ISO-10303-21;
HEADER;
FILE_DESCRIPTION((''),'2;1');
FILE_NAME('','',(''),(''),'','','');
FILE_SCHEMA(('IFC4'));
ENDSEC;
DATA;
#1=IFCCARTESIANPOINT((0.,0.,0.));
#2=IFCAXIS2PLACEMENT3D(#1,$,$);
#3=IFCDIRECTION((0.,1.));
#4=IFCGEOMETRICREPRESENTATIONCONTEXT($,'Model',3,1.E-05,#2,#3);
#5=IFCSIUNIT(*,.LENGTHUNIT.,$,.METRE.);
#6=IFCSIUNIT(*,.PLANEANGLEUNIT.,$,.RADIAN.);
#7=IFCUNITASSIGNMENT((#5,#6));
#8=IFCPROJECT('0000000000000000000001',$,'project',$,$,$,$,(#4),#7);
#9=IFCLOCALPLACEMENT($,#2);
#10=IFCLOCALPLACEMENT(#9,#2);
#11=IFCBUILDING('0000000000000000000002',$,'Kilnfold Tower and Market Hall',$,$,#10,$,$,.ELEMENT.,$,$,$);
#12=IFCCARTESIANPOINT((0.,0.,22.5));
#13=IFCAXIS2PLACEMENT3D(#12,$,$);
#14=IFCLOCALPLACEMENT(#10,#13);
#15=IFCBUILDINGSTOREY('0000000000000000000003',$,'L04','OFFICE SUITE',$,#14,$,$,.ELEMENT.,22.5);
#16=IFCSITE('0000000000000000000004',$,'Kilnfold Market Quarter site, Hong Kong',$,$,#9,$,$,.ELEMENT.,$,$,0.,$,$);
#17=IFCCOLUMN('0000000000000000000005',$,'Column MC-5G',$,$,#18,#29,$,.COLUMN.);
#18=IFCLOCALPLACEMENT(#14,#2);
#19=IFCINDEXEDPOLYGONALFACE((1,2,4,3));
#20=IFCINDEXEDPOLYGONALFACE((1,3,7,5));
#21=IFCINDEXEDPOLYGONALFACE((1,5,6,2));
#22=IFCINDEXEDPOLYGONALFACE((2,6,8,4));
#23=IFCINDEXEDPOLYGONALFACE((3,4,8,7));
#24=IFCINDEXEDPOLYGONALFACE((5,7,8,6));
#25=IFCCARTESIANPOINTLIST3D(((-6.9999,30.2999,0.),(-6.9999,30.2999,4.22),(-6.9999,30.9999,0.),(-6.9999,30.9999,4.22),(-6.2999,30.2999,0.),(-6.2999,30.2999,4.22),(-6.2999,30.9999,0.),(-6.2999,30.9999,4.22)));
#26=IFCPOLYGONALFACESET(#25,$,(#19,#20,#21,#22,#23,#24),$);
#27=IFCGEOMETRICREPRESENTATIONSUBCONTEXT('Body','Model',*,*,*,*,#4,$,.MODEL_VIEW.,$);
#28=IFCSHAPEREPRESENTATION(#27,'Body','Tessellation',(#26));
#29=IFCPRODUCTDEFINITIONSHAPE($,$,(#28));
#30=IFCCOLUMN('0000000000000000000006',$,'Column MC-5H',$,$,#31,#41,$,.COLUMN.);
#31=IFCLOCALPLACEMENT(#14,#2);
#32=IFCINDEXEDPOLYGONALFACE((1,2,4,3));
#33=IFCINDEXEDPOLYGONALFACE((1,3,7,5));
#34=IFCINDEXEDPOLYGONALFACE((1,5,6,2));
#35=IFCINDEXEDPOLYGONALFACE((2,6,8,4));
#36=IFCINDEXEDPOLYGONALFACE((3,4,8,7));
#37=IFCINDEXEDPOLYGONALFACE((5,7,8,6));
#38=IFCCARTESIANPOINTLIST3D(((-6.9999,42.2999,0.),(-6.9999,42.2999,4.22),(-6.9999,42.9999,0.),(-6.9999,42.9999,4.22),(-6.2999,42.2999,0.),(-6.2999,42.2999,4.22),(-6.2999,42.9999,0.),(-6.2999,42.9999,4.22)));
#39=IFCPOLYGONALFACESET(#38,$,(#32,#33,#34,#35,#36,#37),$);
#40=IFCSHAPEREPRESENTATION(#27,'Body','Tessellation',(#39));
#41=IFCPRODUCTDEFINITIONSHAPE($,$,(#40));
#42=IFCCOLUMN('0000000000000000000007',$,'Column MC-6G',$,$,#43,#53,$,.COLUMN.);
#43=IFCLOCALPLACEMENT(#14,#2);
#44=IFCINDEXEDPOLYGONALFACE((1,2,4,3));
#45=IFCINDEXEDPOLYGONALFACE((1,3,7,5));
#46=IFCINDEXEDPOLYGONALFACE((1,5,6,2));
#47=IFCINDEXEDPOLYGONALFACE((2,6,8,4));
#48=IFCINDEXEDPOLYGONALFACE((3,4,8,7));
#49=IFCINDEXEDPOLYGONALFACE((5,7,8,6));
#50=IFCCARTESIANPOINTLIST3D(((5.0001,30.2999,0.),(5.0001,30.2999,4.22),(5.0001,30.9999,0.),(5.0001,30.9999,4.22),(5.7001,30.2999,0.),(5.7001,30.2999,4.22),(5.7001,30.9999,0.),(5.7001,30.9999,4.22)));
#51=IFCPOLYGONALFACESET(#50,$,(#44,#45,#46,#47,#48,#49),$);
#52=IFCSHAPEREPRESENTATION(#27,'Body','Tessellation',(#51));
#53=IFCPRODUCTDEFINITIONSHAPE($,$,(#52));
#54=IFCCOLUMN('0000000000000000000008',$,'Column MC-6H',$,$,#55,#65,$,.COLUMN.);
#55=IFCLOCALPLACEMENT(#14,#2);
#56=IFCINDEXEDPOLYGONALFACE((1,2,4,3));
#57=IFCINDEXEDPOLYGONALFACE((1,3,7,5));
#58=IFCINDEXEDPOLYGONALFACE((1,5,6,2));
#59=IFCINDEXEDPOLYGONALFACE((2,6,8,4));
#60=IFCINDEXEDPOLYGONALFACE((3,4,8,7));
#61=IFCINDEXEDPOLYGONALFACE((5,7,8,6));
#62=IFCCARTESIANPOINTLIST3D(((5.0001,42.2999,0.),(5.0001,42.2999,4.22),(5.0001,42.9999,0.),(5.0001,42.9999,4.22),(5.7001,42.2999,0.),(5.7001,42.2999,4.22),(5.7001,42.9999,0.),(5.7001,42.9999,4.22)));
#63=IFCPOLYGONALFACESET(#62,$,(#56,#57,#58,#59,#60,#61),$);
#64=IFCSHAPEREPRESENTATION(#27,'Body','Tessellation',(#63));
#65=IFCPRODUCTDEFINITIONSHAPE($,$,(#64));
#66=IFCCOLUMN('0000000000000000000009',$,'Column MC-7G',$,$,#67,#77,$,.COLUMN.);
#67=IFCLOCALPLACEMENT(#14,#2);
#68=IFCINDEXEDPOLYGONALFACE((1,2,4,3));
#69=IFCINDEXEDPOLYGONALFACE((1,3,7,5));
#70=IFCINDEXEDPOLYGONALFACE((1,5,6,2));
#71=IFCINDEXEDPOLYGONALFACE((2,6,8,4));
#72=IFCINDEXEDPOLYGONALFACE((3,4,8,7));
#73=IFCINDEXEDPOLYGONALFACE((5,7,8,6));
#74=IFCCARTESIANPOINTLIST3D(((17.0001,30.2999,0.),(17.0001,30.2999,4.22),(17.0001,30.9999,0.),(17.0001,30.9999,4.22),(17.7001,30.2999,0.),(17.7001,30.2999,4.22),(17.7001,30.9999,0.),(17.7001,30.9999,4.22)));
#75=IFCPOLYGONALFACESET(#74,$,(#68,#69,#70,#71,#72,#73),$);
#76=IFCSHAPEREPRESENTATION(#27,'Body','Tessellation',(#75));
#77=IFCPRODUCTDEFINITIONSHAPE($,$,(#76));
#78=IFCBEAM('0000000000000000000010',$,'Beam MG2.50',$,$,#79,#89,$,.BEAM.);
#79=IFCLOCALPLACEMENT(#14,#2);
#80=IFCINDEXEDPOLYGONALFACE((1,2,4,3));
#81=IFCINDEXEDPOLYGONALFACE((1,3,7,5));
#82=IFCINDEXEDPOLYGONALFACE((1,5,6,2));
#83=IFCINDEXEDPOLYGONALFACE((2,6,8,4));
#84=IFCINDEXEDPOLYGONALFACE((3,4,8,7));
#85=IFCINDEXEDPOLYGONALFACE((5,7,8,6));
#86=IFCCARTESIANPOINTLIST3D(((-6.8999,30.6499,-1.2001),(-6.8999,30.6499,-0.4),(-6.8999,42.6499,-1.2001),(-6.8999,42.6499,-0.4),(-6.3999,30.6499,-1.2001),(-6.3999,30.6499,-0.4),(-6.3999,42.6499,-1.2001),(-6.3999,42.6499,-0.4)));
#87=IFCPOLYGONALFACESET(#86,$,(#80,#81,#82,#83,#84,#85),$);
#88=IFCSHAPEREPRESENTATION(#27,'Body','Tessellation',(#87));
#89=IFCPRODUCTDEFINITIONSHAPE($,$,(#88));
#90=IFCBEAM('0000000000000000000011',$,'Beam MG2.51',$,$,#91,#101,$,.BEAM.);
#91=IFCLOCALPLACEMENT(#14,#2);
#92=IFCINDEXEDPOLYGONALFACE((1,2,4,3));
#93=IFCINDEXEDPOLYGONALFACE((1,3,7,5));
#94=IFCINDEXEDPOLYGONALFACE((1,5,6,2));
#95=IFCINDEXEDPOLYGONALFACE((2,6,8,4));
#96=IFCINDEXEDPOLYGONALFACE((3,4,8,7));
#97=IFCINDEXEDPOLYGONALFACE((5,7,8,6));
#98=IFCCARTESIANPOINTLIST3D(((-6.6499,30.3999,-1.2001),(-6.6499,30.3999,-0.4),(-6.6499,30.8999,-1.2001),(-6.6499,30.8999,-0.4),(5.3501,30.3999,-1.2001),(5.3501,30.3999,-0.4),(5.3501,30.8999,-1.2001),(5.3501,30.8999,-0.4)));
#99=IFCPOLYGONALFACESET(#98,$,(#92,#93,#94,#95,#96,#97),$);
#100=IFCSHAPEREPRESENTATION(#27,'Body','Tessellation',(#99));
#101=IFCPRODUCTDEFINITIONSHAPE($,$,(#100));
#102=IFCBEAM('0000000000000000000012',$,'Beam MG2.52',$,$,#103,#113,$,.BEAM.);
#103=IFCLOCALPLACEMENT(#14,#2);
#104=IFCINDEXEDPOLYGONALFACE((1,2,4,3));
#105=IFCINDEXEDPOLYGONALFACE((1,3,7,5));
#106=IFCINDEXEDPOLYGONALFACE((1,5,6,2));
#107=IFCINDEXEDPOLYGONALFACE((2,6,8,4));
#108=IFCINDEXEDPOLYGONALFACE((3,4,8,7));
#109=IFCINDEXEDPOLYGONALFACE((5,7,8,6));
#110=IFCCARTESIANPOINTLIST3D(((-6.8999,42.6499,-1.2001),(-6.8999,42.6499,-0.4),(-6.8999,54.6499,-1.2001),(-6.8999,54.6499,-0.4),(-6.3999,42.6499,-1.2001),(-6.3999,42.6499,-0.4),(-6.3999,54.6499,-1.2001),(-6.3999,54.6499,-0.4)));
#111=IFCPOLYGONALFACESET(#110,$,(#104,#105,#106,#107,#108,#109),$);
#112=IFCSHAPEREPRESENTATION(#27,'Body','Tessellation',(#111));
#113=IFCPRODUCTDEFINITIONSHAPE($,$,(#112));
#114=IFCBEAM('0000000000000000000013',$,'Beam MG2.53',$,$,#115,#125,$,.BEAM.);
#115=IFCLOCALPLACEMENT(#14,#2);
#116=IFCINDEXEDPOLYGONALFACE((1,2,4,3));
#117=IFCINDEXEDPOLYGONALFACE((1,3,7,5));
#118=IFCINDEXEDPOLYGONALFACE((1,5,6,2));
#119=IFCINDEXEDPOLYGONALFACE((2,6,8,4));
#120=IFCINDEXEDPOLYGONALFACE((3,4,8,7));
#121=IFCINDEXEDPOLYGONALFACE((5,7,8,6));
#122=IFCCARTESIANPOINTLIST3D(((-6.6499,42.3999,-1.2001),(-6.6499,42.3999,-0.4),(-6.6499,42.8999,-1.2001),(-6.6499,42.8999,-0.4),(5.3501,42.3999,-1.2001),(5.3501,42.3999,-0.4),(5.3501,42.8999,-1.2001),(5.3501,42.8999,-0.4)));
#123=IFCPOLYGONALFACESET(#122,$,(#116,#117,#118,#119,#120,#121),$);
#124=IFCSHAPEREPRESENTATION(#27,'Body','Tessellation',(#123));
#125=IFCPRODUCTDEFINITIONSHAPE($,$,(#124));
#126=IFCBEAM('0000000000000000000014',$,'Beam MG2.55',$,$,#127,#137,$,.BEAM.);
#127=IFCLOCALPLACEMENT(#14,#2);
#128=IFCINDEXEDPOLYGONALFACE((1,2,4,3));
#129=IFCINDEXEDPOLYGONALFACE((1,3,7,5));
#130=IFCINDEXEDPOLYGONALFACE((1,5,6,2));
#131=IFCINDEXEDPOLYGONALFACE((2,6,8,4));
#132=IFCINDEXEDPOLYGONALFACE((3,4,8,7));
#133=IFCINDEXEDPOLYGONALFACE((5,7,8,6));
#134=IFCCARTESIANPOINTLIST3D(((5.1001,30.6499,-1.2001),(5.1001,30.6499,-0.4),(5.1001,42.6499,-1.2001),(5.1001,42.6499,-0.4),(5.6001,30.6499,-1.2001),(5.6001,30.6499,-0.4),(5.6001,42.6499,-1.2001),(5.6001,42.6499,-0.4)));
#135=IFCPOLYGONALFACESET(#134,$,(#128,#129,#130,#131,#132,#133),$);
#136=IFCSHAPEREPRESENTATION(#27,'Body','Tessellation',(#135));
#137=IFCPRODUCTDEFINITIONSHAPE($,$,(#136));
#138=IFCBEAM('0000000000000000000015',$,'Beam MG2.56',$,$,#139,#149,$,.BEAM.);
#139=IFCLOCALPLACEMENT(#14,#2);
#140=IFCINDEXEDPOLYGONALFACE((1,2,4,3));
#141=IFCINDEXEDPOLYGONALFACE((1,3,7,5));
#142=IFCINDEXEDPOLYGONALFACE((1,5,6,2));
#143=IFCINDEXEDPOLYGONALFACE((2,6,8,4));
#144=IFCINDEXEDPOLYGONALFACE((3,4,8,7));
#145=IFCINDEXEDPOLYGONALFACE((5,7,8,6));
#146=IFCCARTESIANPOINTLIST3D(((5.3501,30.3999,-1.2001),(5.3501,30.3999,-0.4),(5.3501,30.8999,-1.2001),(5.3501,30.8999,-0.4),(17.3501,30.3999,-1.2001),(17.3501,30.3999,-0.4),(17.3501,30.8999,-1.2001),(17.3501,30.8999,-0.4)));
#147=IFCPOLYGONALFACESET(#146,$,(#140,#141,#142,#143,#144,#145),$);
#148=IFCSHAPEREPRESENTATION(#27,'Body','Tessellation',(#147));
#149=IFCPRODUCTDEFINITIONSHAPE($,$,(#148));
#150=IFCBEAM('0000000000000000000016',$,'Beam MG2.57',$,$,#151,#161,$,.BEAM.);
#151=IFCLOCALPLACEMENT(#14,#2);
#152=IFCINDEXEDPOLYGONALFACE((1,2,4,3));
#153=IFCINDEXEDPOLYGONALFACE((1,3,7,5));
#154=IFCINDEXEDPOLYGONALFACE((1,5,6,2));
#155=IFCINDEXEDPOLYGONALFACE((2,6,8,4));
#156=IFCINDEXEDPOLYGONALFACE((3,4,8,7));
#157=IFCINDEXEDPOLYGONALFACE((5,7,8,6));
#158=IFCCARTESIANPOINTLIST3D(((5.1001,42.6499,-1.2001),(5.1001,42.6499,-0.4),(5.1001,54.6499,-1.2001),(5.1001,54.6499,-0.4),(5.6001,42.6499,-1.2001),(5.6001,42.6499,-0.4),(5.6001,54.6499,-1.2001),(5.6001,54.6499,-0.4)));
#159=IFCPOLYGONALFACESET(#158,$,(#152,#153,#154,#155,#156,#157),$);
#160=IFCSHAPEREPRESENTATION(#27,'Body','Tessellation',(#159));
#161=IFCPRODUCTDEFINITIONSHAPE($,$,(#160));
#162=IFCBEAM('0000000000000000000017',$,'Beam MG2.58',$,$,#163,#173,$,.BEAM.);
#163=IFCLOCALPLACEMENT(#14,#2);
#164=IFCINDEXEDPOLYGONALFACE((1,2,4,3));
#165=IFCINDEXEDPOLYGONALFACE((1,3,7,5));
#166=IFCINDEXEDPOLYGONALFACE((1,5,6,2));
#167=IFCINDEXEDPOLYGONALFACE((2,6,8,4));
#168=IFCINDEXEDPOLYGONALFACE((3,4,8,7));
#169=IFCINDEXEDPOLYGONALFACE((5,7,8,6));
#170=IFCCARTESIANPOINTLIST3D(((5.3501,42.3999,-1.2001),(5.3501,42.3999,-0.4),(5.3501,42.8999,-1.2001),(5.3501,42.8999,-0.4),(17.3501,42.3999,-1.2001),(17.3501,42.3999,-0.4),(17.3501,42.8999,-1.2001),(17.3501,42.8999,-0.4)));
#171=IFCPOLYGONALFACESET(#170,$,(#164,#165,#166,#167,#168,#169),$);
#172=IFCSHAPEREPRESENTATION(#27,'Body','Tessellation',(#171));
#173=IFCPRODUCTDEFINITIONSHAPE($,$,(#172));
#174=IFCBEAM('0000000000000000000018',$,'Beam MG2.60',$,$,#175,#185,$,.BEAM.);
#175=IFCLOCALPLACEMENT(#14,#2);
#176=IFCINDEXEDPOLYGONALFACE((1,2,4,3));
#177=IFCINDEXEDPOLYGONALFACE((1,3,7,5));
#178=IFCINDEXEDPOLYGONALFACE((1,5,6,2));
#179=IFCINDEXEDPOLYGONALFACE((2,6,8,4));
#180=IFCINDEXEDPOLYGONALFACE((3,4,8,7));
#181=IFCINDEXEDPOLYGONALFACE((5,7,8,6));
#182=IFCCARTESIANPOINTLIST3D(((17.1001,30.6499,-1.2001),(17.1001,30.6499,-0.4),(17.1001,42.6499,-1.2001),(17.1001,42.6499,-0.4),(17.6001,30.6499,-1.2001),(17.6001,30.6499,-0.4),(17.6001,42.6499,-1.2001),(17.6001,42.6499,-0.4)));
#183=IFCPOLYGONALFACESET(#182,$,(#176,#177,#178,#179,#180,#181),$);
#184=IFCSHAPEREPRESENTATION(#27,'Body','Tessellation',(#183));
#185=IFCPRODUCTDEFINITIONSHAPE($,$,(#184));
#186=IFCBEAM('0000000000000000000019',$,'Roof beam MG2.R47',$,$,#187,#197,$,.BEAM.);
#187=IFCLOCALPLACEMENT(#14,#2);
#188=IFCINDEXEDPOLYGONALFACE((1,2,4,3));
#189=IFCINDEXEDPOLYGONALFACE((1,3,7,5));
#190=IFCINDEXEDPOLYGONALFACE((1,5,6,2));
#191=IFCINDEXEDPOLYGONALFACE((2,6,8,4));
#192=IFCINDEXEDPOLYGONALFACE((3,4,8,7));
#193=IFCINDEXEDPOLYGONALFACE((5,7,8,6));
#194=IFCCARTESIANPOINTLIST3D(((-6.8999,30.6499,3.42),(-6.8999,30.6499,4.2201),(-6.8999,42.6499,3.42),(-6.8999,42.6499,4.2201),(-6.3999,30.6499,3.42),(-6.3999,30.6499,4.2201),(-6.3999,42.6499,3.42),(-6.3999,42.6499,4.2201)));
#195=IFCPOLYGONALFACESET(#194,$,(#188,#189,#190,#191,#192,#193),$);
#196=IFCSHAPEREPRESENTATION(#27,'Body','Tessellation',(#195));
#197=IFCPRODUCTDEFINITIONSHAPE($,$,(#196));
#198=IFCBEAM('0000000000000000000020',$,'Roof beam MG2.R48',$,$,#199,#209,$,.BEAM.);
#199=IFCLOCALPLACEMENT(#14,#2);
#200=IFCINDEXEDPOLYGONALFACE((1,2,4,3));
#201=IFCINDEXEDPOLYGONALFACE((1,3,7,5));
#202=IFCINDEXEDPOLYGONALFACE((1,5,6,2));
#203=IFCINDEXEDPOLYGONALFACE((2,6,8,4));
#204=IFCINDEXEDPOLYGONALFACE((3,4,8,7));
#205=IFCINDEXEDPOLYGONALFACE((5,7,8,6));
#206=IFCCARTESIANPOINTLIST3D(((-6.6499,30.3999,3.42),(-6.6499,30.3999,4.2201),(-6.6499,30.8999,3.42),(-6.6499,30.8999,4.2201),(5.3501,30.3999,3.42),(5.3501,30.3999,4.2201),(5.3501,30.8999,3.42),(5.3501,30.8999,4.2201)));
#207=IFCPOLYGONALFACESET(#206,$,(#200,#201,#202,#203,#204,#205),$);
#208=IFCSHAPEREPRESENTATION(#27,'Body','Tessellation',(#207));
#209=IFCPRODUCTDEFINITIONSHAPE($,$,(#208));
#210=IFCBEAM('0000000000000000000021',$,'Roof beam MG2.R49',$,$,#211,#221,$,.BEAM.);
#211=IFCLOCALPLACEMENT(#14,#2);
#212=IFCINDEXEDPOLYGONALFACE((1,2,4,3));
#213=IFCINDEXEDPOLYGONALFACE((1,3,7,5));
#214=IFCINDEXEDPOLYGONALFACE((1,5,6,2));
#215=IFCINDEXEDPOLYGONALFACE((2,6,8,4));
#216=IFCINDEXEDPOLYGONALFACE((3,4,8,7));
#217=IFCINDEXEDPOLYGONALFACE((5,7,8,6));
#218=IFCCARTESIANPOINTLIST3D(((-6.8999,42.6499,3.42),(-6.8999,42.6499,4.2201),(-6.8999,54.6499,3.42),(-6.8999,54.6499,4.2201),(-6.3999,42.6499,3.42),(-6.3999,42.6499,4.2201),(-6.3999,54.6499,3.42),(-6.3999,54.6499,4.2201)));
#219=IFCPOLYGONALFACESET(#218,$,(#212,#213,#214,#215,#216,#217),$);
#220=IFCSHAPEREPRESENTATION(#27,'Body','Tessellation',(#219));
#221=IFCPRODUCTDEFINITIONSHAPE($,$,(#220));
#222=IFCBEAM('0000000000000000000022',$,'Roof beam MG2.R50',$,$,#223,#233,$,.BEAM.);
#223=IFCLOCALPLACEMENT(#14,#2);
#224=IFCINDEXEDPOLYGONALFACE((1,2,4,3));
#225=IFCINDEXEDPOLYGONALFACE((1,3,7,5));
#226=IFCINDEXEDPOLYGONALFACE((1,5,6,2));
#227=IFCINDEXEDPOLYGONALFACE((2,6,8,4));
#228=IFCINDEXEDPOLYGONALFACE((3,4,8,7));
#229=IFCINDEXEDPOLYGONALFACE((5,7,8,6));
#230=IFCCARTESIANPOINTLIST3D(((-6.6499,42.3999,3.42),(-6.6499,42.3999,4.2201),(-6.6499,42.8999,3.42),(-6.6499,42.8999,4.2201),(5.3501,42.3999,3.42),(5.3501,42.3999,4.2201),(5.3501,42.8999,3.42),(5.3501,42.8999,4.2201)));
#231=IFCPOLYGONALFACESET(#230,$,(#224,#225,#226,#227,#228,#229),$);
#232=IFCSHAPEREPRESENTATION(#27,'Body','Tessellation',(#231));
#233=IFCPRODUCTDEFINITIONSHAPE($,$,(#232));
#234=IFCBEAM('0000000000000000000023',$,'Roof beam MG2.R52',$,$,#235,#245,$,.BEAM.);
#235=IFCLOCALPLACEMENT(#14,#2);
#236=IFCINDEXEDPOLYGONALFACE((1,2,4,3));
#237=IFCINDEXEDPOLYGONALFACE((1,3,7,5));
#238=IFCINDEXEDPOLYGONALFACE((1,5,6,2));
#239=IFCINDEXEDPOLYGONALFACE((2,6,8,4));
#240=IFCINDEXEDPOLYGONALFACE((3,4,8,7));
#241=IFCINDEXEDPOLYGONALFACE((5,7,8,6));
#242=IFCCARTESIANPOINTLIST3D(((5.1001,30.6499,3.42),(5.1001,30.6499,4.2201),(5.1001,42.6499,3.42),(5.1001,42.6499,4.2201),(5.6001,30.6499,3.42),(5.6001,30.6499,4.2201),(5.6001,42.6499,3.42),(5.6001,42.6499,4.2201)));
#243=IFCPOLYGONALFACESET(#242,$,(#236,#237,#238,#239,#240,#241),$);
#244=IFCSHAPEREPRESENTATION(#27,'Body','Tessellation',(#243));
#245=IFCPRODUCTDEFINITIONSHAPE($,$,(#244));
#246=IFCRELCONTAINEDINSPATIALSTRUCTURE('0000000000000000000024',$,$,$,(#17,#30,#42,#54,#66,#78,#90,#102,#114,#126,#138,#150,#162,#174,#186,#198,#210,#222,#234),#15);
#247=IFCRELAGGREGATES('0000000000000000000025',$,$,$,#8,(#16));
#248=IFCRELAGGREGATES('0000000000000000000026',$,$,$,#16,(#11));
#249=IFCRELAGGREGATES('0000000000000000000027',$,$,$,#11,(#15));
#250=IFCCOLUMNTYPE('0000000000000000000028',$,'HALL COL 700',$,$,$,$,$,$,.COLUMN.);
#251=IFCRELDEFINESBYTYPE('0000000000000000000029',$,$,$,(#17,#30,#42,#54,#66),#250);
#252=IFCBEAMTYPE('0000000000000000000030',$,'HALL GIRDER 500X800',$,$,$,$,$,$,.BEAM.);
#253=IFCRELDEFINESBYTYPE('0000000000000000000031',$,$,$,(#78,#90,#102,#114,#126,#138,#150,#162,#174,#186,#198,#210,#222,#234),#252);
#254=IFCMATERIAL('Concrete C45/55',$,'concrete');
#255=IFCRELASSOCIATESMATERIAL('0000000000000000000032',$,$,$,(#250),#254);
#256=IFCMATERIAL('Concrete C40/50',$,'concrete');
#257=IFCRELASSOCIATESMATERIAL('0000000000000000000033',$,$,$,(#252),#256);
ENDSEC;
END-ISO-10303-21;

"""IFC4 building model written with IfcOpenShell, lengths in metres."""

from ifc_helpers import new_model, si_unit, direction, frame, origin, origin_2d, place, context, subcontext, project, spatial, rectangle, extrude, source, transform, mapped, material, material_profile, profile_set, type_object, element, save


model = new_model("IFC4")

# Units and contexts
model_context = context("Model", 3, precision=1e-05, world=origin(), true_north=direction((0.0, 1.0)))
body_context = subcontext(model_context, "Body", "Model", "MODEL_VIEW")
ifc_project = project(units=[si_unit("LENGTHUNIT", "METRE"), si_unit("PLANEANGLEUNIT", "RADIAN")], contexts=[model_context])

# Site, building, storey
site_placement = place(None, origin())
site = spatial("IfcSite", under=ifc_project, at=site_placement, Name="Kilnfold Market Quarter site, Hong Kong", CompositionType="ELEMENT", RefElevation=0.0)
building_placement = place(site_placement, origin())
building = spatial("IfcBuilding", under=site, at=building_placement, Name="Kilnfold Tower and Market Hall", CompositionType="ELEMENT")
storey_placement = place(building_placement, frame((0.0, 0.0, 22.5)))
storey = spatial("IfcBuildingStorey", under=building, at=storey_placement, Name="L04", Description="OFFICE SUITE", CompositionType="ELEMENT", Elevation=22.5)

# Columns
ifc_material_1 = material(Name="Concrete C45/55", Category="concrete")
ifc_material_profile_1 = material_profile(ifc_material_1, rectangle(XDim=0.7, YDim=0.7, at=origin_2d()), Name="RC 700x700")
ifc_profile_set_1 = profile_set([ifc_material_profile_1], Name="Concrete C45/55")
column_type = type_object("IfcColumnType", Name="HALL COL 700", PredefinedType="COLUMN", material=ifc_profile_set_1)
shared_shape_1 = source(origin(), body_context, "Body", "SweptSolid", [
    extrude(rectangle(XDim=0.7, YDim=0.7, at=origin_2d()), origin(), (0.0, 0.0, 1.0), 4.22),
])
for number, where, z_axis, x_axis, name in (
    (1, (-6.6499, 30.6499, 0.0), (0.0, 0.0, 1.0), (1.0, 0.0, 0.0), "Column MC-5G"),
    (2, (-6.6499, 42.6499, 0.0), (0.0, 0.0, 1.0), (1.0, 0.0, 0.0), "Column MC-5H"),
    (3, (5.3501, 30.6499, 0.0), (0.0, 0.0, 1.0), (1.0, 0.0, 0.0), "Column MC-6G"),
    (4, (5.3501, 42.6499, 0.0), (0.0, 0.0, 1.0), (1.0, 0.0, 0.0), "Column MC-6H"),
    (5, (17.3501, 30.6499, 0.0), (0.0, 0.0, 1.0), (1.0, 0.0, 0.0), "Column MC-7G"),
):
    element("IfcColumn", number, at=place(storey_placement, frame(where, z_axis=z_axis, x_axis=x_axis)), inside=storey, type_object=column_type, Name=name, PredefinedType="COLUMN", context=body_context, shape_type="MappedRepresentation", body=[
        mapped(shared_shape_1, transform((0.0, 0.0, 0.0))),
    ])

# Beams
ifc_material_2 = material(Name="Concrete C40/50", Category="concrete")
ifc_material_profile_2 = material_profile(ifc_material_2, rectangle(XDim=0.5, YDim=0.8, at=origin_2d()), Name="RC 500x800")
ifc_profile_set_2 = profile_set([ifc_material_profile_2], Name="Concrete C40/50")
beam_type_1 = type_object("IfcBeamType", Name="HALL GIRDER 500X800", PredefinedType="BEAM", material=ifc_profile_set_2)
for number, where, z_axis, x_axis, name in (
    (6, (-6.6499, 30.6499, -0.8), (0.0, 1.0, 0.0), (-1.0, 0.0, 0.0), "Beam MG2.50"),
    (7, (-6.6499, 30.6499, -0.8), (1.0, 0.0, 0.0), (0.0, 1.0, 0.0), "Beam MG2.51"),
    (8, (-6.6499, 42.6499, -0.8), (0.0, 1.0, 0.0), (-1.0, 0.0, 0.0), "Beam MG2.52"),
    (9, (-6.6499, 42.6499, -0.8), (1.0, 0.0, 0.0), (0.0, 1.0, 0.0), "Beam MG2.53"),
    (10, (5.3501, 30.6499, -0.8), (0.0, 1.0, 0.0), (-1.0, 0.0, 0.0), "Beam MG2.55"),
    (11, (5.3501, 30.6499, -0.8), (1.0, 0.0, 0.0), (0.0, 1.0, 0.0), "Beam MG2.56"),
    (12, (5.3501, 42.6499, -0.8), (0.0, 1.0, 0.0), (-1.0, 0.0, 0.0), "Beam MG2.57"),
    (13, (5.3501, 42.6499, -0.8), (1.0, 0.0, 0.0), (0.0, 1.0, 0.0), "Beam MG2.58"),
    (14, (17.3501, 30.6499, -0.8), (0.0, 1.0, 0.0), (-1.0, 0.0, 0.0), "Beam MG2.60"),
    (15, (-6.6499, 30.6499, 3.8201), (0.0, 1.0, 0.0), (-1.0, 0.0, 0.0), "Roof beam MG2.R47"),
    (16, (-6.6499, 30.6499, 3.8201), (1.0, 0.0, 0.0), (0.0, 1.0, 0.0), "Roof beam MG2.R48"),
    (17, (-6.6499, 42.6499, 3.8201), (0.0, 1.0, 0.0), (-1.0, 0.0, 0.0), "Roof beam MG2.R49"),
    (18, (-6.6499, 42.6499, 3.8201), (1.0, 0.0, 0.0), (0.0, 1.0, 0.0), "Roof beam MG2.R50"),
    (19, (5.3501, 30.6499, 3.8201), (0.0, 1.0, 0.0), (-1.0, 0.0, 0.0), "Roof beam MG2.R52"),
):
    element("IfcBeam", number, at=place(storey_placement, frame(where, z_axis=z_axis, x_axis=x_axis)), inside=storey, type_object=beam_type_1, Name=name, PredefinedType="BEAM", context=body_context, shape_type="SweptSolid", body=[
        extrude(rectangle(XDim=0.5, YDim=0.8, at=origin_2d()), origin(), (0.0, 0.0, 1.0), 12.0),
    ])

save(model, "model.ifc")
